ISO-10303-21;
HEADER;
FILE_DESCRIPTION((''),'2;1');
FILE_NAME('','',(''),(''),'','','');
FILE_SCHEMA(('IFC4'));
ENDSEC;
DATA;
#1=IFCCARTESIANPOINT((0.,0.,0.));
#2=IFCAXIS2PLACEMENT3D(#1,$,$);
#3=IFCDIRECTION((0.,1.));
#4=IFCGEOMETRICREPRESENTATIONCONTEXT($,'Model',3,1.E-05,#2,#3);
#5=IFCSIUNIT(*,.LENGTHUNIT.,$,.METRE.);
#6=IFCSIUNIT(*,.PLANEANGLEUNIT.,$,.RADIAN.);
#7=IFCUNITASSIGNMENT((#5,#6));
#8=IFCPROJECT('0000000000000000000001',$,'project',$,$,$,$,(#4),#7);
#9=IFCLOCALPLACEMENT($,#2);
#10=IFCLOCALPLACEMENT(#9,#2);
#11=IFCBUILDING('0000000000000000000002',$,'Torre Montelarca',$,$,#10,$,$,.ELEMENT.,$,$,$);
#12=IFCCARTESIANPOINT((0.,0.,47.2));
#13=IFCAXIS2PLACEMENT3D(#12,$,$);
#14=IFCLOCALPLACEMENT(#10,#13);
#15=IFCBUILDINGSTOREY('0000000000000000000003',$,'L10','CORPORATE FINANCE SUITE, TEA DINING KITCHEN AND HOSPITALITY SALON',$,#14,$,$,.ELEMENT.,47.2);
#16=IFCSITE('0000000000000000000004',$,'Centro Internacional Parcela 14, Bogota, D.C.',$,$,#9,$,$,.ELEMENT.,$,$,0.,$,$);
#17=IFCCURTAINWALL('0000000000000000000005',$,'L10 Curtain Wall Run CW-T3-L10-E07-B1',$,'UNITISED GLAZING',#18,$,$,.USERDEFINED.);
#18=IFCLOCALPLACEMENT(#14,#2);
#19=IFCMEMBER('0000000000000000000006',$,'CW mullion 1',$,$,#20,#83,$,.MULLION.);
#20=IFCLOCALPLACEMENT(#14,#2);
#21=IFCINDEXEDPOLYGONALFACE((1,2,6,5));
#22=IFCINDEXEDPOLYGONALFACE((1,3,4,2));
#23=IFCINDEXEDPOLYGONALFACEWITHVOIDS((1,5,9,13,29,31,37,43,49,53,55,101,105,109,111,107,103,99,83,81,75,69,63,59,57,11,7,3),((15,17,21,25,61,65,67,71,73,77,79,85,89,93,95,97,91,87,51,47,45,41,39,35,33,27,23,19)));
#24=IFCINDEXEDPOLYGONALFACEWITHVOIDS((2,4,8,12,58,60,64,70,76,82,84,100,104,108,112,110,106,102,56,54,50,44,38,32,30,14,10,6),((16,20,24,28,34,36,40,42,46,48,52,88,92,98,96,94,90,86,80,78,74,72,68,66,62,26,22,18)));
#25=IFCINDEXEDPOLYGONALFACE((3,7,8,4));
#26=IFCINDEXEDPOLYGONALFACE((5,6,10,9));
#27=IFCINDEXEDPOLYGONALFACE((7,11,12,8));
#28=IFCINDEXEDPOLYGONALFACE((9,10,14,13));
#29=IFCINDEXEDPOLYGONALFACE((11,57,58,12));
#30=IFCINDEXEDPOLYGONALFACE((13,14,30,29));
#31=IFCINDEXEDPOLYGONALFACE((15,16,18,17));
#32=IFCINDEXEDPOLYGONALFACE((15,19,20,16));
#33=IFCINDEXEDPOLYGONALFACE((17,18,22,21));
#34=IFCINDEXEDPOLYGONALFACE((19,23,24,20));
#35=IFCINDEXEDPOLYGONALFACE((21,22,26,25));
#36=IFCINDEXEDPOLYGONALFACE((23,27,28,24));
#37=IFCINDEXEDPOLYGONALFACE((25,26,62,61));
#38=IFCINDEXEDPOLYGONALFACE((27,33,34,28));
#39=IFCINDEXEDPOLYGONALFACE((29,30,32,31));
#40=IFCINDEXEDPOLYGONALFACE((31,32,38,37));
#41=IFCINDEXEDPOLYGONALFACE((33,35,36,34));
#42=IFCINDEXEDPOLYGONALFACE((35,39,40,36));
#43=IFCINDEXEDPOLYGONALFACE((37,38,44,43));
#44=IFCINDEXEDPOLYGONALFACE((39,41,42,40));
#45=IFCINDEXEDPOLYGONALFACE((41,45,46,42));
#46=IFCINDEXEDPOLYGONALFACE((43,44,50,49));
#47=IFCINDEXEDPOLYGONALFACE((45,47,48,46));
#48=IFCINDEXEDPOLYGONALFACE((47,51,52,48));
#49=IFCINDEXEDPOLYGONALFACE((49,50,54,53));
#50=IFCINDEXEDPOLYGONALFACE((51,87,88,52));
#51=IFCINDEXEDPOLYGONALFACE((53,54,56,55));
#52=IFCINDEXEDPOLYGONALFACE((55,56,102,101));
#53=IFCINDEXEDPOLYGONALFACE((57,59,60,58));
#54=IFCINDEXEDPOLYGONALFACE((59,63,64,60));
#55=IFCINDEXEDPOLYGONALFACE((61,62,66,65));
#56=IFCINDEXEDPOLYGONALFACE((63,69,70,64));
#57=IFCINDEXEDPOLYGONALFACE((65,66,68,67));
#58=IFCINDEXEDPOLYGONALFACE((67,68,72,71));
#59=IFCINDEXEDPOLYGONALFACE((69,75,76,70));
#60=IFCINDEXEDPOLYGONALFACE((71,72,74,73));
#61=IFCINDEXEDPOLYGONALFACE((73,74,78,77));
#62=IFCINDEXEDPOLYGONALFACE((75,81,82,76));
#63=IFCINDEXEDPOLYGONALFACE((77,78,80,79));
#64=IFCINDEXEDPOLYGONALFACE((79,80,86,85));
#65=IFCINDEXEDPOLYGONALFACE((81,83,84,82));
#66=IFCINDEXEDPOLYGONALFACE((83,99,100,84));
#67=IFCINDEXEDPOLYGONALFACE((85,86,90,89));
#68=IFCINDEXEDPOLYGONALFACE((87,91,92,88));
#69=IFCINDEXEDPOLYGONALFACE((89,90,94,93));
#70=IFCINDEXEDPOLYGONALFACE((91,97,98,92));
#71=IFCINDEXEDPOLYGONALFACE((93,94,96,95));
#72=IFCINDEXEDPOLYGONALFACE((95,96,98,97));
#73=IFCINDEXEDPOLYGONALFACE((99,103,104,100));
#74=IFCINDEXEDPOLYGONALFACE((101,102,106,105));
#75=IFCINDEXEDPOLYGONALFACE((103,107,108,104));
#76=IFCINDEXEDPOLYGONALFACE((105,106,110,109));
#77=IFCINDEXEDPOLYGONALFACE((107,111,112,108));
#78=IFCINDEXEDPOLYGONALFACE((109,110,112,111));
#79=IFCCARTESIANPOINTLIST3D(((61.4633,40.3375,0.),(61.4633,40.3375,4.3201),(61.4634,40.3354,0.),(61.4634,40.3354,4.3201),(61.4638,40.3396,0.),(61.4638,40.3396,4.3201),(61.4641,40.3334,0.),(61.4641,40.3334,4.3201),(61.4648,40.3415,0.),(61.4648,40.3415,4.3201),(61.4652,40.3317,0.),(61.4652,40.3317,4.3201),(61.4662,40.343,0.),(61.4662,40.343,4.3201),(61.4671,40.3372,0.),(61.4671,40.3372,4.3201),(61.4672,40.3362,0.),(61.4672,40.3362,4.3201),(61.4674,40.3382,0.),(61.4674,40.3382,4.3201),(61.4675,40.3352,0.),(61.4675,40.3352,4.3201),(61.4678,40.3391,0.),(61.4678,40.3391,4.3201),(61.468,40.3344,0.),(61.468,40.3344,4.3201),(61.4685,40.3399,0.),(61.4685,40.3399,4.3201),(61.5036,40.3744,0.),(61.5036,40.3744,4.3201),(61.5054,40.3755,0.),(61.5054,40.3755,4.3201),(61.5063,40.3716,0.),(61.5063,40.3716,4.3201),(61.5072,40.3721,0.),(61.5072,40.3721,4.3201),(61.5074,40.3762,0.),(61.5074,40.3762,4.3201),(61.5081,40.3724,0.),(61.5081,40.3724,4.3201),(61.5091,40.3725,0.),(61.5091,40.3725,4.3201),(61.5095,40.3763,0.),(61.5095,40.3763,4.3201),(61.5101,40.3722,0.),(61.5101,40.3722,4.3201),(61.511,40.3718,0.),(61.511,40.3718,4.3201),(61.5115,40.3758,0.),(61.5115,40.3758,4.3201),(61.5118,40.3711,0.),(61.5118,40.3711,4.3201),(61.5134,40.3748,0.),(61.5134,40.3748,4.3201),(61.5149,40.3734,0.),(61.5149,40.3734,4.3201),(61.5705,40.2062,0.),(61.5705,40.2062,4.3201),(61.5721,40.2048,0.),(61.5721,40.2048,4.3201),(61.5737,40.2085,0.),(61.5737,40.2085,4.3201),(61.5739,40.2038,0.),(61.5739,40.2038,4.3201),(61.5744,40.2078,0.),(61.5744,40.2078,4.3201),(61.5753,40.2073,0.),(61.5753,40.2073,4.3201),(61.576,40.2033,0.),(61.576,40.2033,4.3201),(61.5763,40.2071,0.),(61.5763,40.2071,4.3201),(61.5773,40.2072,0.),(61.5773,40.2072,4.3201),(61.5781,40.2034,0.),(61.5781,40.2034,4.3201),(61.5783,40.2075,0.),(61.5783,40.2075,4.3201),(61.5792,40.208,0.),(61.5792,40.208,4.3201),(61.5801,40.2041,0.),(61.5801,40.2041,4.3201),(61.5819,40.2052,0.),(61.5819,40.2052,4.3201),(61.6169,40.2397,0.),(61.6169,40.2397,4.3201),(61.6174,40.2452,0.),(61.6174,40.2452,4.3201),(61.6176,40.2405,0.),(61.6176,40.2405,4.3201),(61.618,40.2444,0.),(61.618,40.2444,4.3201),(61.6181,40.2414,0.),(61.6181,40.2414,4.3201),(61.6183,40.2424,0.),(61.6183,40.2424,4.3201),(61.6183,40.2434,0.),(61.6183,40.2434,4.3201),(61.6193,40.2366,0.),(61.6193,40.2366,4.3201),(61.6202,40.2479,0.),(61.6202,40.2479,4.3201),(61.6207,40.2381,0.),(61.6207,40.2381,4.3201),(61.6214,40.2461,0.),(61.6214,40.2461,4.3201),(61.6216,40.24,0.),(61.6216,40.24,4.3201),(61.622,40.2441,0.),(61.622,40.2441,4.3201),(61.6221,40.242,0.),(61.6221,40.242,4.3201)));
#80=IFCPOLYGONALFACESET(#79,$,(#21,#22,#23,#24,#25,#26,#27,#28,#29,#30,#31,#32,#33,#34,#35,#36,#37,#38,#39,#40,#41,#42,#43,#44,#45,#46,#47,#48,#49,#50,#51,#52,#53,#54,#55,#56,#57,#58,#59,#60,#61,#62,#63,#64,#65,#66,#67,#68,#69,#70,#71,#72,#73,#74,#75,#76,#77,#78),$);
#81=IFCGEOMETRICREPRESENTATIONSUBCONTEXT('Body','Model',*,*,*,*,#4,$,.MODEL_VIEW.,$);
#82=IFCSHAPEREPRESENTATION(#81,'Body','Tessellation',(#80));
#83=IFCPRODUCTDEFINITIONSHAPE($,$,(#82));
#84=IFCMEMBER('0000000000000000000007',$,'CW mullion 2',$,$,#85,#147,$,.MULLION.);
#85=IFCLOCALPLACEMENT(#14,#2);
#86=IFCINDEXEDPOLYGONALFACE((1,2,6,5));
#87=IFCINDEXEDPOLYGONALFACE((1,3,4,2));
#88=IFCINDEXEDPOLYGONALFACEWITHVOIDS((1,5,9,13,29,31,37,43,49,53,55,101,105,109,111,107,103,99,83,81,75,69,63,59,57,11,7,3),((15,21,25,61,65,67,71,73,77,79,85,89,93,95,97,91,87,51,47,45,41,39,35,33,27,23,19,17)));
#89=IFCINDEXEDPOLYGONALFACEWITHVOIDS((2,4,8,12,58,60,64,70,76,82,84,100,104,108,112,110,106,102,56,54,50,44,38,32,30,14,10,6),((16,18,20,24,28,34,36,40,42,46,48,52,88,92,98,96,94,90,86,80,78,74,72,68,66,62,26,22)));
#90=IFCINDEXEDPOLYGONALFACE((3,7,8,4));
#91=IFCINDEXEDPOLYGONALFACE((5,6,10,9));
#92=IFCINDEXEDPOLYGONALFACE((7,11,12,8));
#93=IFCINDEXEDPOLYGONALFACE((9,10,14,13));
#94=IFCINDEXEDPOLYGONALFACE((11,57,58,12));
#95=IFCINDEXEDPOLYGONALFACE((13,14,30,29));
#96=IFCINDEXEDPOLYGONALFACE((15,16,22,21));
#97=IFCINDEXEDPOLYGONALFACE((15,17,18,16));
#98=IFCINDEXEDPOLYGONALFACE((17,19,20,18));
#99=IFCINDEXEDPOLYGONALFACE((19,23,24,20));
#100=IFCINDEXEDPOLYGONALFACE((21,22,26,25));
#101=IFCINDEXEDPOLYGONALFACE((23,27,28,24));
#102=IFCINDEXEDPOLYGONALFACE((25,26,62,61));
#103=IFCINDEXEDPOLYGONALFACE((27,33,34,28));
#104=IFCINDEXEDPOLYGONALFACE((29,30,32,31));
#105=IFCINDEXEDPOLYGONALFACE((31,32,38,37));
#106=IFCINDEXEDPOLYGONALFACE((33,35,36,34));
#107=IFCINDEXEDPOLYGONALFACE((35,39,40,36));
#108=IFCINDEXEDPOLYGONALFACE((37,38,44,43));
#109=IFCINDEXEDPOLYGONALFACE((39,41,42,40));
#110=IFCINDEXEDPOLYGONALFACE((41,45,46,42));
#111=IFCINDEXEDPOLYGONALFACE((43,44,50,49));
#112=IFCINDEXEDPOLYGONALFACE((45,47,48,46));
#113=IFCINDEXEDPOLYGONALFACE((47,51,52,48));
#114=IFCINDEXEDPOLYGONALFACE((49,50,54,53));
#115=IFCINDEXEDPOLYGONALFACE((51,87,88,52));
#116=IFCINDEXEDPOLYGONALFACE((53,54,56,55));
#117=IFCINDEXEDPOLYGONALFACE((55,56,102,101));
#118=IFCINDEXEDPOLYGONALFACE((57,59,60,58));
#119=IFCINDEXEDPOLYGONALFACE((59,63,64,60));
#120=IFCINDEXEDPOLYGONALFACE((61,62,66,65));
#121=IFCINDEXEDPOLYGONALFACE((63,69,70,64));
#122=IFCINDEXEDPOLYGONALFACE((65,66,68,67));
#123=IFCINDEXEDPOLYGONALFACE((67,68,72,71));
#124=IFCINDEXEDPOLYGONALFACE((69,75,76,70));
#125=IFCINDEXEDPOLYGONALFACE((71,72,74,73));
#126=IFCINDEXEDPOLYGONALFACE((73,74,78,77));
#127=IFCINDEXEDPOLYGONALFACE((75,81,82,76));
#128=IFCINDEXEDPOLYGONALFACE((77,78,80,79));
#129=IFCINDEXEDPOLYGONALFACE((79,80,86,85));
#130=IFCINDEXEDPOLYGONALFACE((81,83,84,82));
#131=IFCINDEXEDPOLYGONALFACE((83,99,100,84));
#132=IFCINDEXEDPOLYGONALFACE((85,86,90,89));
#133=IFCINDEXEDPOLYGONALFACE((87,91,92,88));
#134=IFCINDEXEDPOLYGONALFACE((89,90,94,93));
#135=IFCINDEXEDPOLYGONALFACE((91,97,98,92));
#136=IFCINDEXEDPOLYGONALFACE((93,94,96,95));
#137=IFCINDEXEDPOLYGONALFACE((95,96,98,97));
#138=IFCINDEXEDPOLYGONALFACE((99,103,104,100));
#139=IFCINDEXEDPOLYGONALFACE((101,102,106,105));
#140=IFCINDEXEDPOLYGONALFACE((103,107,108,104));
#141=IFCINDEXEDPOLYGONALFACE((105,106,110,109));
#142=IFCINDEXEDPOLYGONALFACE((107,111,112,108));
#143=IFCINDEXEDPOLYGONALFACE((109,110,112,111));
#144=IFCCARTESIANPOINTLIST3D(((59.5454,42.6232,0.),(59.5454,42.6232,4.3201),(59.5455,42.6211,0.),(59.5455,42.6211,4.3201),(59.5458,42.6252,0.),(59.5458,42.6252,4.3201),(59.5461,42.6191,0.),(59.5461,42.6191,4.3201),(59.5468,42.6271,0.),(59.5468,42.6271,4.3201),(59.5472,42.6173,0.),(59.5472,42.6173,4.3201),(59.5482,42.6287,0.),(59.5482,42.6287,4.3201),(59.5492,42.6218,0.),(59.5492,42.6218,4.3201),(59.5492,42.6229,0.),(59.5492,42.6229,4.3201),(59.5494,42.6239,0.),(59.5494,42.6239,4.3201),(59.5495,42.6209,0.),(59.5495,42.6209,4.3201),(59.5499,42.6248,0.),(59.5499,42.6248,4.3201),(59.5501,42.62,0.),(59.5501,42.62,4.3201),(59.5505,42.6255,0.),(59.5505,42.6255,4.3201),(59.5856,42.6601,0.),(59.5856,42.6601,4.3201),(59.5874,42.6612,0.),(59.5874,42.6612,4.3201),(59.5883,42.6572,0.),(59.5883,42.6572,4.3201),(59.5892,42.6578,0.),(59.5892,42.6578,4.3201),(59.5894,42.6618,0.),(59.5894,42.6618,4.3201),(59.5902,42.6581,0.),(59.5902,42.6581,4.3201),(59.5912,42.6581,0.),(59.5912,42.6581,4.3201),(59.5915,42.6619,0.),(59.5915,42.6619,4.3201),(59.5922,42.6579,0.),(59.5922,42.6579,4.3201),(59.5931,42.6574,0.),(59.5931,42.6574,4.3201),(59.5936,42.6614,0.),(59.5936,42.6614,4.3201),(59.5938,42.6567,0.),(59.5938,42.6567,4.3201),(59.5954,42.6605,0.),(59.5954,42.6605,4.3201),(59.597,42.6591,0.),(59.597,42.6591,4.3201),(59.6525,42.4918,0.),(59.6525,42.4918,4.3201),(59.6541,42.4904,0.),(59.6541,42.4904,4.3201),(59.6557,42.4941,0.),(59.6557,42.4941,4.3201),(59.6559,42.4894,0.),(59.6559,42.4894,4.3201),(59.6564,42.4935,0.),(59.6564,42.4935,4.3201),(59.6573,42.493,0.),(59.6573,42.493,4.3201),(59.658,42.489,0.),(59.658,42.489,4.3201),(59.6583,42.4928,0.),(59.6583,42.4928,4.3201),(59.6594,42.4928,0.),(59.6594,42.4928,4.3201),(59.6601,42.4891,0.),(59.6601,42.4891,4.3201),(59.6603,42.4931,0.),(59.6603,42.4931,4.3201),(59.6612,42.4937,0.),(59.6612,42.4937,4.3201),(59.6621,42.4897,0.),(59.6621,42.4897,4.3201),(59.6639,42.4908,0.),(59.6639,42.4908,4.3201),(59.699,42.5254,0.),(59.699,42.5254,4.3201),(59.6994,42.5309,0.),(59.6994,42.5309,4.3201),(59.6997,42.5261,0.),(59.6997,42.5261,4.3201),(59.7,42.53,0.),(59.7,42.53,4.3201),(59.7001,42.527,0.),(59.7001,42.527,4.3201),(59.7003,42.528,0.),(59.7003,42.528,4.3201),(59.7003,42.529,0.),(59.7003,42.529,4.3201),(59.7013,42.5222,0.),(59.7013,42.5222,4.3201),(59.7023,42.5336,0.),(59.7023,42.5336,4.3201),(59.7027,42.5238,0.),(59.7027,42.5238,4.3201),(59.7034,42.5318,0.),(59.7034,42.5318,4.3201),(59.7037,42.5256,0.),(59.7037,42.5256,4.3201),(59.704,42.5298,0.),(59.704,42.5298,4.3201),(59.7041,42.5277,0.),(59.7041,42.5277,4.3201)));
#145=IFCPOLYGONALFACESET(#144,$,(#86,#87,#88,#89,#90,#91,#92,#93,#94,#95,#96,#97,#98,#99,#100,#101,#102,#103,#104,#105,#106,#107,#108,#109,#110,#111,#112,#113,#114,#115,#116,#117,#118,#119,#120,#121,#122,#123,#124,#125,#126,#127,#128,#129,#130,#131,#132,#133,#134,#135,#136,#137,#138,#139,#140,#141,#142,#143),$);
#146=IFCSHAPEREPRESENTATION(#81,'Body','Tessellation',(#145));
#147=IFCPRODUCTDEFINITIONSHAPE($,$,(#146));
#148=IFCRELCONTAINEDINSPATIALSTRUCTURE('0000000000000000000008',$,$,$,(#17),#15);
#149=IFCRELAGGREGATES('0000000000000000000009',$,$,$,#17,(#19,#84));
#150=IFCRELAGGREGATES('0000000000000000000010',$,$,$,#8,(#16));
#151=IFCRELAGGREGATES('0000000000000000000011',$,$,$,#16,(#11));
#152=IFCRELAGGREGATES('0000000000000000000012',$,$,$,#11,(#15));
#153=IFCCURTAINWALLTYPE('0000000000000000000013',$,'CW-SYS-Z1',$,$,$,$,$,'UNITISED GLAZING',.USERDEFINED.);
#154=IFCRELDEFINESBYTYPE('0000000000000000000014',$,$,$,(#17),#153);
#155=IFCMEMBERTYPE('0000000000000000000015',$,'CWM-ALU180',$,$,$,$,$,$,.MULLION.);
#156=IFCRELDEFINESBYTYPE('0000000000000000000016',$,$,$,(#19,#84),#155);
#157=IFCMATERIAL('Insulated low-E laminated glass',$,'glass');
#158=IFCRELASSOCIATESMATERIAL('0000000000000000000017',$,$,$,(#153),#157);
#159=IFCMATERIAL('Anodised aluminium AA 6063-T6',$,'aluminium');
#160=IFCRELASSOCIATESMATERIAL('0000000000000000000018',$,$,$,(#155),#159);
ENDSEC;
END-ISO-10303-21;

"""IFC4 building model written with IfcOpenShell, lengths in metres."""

from ifc_helpers import new_model, si_unit, direction, frame, origin, origin_2d, place, context, subcontext, project, spatial, hollow_rectangle, extrude, source, transform, mapped, material, material_profile, profile_set, type_object, element, aggregate, save


model = new_model("IFC4")

# Units and contexts
model_context = context("Model", 3, precision=1e-05, world=origin(), true_north=direction((0.0, 1.0)))
body_context = subcontext(model_context, "Body", "Model", "MODEL_VIEW")
ifc_project = project(units=[si_unit("LENGTHUNIT", "METRE"), si_unit("PLANEANGLEUNIT", "RADIAN")], contexts=[model_context])

# Site, building, storey
site_placement = place(None, origin())
site = spatial("IfcSite", under=ifc_project, at=site_placement, Name="Centro Internacional Parcela 14, Bogota, D.C.", CompositionType="ELEMENT", RefElevation=0.0)
building_placement = place(site_placement, origin())
building = spatial("IfcBuilding", under=site, at=building_placement, Name="Torre Montelarca", CompositionType="ELEMENT")
storey_placement = place(building_placement, frame((0.0, 0.0, 47.2)))
storey = spatial("IfcBuildingStorey", under=building, at=storey_placement, Name="L10", Description="CORPORATE FINANCE SUITE, TEA DINING KITCHEN AND HOSPITALITY SALON", CompositionType="ELEMENT", Elevation=47.2)

# Curtain wall, members
ifc_material_1 = material(Name="Insulated low-E laminated glass", Category="glass")
curtain_wall_type = type_object("IfcCurtainWallType", Name="CW-SYS-Z1", ElementType="UNITISED GLAZING", PredefinedType="USERDEFINED", material=ifc_material_1)
ifc_material_2 = material(Name="Anodised aluminium AA 6063-T6", Category="aluminium")
ifc_material_profile_1 = material_profile(ifc_material_2, hollow_rectangle(XDim=0.0649, YDim=0.1799, WallThickness=0.0039, InnerFilletRadius=0.0039, OuterFilletRadius=0.0081, at=origin_2d()), Name="ALU65X180X4", Category="aluminium")
ifc_profile_set_1 = profile_set([ifc_material_profile_1], Name="Anodised aluminium AA 6063-T6")
member_type_1 = type_object("IfcMemberType", Name="CWM-ALU180", PredefinedType="MULLION", material=ifc_profile_set_1)
shared_shape_1 = source(origin(), body_context, "Body", "SweptSolid", [
    extrude(hollow_rectangle(XDim=0.0649, YDim=0.1799, WallThickness=0.0039, InnerFilletRadius=0.0039, OuterFilletRadius=0.0081, at=origin_2d()), origin(), (0.0, 0.0, 1.0), 4.3201),
])
curtain_wall_1_placement = place(storey_placement, origin())
curtain_wall_1 = element("IfcCurtainWall", 1, at=curtain_wall_1_placement, inside=storey, type_object=curtain_wall_type, Name="L10 Curtain Wall Run CW-T3-L10-E07-B1", ObjectType="UNITISED GLAZING", PredefinedType="USERDEFINED")
member_1_placement = place(storey_placement, frame((61.5427, 40.2898, 0.0), z_axis=(0.0, 0.0, 1.0), x_axis=(-0.766043, -0.64279, 0.0)))
member_1 = element("IfcMember", 2, at=member_1_placement, type_object=member_type_1, Name="CW mullion 1", PredefinedType="MULLION", context=body_context, shape_type="MappedRepresentation", body=[
    mapped(shared_shape_1, transform((0.0, 0.0, 0.0), scale=1.0)),
])
member_2_placement = place(storey_placement, frame((59.6248, 42.5754, 0.0), z_axis=(0.0, 0.0, 1.0), x_axis=(-0.766043, -0.64279, 0.0)))
member_2 = element("IfcMember", 3, at=member_2_placement, type_object=member_type_1, Name="CW mullion 2", PredefinedType="MULLION", context=body_context, shape_type="MappedRepresentation", body=[
    mapped(shared_shape_1, transform((0.0, 0.0, 0.0), scale=1.0)),
])

aggregate(curtain_wall_1, [member_1, member_2])

save(model, "model.ifc")
